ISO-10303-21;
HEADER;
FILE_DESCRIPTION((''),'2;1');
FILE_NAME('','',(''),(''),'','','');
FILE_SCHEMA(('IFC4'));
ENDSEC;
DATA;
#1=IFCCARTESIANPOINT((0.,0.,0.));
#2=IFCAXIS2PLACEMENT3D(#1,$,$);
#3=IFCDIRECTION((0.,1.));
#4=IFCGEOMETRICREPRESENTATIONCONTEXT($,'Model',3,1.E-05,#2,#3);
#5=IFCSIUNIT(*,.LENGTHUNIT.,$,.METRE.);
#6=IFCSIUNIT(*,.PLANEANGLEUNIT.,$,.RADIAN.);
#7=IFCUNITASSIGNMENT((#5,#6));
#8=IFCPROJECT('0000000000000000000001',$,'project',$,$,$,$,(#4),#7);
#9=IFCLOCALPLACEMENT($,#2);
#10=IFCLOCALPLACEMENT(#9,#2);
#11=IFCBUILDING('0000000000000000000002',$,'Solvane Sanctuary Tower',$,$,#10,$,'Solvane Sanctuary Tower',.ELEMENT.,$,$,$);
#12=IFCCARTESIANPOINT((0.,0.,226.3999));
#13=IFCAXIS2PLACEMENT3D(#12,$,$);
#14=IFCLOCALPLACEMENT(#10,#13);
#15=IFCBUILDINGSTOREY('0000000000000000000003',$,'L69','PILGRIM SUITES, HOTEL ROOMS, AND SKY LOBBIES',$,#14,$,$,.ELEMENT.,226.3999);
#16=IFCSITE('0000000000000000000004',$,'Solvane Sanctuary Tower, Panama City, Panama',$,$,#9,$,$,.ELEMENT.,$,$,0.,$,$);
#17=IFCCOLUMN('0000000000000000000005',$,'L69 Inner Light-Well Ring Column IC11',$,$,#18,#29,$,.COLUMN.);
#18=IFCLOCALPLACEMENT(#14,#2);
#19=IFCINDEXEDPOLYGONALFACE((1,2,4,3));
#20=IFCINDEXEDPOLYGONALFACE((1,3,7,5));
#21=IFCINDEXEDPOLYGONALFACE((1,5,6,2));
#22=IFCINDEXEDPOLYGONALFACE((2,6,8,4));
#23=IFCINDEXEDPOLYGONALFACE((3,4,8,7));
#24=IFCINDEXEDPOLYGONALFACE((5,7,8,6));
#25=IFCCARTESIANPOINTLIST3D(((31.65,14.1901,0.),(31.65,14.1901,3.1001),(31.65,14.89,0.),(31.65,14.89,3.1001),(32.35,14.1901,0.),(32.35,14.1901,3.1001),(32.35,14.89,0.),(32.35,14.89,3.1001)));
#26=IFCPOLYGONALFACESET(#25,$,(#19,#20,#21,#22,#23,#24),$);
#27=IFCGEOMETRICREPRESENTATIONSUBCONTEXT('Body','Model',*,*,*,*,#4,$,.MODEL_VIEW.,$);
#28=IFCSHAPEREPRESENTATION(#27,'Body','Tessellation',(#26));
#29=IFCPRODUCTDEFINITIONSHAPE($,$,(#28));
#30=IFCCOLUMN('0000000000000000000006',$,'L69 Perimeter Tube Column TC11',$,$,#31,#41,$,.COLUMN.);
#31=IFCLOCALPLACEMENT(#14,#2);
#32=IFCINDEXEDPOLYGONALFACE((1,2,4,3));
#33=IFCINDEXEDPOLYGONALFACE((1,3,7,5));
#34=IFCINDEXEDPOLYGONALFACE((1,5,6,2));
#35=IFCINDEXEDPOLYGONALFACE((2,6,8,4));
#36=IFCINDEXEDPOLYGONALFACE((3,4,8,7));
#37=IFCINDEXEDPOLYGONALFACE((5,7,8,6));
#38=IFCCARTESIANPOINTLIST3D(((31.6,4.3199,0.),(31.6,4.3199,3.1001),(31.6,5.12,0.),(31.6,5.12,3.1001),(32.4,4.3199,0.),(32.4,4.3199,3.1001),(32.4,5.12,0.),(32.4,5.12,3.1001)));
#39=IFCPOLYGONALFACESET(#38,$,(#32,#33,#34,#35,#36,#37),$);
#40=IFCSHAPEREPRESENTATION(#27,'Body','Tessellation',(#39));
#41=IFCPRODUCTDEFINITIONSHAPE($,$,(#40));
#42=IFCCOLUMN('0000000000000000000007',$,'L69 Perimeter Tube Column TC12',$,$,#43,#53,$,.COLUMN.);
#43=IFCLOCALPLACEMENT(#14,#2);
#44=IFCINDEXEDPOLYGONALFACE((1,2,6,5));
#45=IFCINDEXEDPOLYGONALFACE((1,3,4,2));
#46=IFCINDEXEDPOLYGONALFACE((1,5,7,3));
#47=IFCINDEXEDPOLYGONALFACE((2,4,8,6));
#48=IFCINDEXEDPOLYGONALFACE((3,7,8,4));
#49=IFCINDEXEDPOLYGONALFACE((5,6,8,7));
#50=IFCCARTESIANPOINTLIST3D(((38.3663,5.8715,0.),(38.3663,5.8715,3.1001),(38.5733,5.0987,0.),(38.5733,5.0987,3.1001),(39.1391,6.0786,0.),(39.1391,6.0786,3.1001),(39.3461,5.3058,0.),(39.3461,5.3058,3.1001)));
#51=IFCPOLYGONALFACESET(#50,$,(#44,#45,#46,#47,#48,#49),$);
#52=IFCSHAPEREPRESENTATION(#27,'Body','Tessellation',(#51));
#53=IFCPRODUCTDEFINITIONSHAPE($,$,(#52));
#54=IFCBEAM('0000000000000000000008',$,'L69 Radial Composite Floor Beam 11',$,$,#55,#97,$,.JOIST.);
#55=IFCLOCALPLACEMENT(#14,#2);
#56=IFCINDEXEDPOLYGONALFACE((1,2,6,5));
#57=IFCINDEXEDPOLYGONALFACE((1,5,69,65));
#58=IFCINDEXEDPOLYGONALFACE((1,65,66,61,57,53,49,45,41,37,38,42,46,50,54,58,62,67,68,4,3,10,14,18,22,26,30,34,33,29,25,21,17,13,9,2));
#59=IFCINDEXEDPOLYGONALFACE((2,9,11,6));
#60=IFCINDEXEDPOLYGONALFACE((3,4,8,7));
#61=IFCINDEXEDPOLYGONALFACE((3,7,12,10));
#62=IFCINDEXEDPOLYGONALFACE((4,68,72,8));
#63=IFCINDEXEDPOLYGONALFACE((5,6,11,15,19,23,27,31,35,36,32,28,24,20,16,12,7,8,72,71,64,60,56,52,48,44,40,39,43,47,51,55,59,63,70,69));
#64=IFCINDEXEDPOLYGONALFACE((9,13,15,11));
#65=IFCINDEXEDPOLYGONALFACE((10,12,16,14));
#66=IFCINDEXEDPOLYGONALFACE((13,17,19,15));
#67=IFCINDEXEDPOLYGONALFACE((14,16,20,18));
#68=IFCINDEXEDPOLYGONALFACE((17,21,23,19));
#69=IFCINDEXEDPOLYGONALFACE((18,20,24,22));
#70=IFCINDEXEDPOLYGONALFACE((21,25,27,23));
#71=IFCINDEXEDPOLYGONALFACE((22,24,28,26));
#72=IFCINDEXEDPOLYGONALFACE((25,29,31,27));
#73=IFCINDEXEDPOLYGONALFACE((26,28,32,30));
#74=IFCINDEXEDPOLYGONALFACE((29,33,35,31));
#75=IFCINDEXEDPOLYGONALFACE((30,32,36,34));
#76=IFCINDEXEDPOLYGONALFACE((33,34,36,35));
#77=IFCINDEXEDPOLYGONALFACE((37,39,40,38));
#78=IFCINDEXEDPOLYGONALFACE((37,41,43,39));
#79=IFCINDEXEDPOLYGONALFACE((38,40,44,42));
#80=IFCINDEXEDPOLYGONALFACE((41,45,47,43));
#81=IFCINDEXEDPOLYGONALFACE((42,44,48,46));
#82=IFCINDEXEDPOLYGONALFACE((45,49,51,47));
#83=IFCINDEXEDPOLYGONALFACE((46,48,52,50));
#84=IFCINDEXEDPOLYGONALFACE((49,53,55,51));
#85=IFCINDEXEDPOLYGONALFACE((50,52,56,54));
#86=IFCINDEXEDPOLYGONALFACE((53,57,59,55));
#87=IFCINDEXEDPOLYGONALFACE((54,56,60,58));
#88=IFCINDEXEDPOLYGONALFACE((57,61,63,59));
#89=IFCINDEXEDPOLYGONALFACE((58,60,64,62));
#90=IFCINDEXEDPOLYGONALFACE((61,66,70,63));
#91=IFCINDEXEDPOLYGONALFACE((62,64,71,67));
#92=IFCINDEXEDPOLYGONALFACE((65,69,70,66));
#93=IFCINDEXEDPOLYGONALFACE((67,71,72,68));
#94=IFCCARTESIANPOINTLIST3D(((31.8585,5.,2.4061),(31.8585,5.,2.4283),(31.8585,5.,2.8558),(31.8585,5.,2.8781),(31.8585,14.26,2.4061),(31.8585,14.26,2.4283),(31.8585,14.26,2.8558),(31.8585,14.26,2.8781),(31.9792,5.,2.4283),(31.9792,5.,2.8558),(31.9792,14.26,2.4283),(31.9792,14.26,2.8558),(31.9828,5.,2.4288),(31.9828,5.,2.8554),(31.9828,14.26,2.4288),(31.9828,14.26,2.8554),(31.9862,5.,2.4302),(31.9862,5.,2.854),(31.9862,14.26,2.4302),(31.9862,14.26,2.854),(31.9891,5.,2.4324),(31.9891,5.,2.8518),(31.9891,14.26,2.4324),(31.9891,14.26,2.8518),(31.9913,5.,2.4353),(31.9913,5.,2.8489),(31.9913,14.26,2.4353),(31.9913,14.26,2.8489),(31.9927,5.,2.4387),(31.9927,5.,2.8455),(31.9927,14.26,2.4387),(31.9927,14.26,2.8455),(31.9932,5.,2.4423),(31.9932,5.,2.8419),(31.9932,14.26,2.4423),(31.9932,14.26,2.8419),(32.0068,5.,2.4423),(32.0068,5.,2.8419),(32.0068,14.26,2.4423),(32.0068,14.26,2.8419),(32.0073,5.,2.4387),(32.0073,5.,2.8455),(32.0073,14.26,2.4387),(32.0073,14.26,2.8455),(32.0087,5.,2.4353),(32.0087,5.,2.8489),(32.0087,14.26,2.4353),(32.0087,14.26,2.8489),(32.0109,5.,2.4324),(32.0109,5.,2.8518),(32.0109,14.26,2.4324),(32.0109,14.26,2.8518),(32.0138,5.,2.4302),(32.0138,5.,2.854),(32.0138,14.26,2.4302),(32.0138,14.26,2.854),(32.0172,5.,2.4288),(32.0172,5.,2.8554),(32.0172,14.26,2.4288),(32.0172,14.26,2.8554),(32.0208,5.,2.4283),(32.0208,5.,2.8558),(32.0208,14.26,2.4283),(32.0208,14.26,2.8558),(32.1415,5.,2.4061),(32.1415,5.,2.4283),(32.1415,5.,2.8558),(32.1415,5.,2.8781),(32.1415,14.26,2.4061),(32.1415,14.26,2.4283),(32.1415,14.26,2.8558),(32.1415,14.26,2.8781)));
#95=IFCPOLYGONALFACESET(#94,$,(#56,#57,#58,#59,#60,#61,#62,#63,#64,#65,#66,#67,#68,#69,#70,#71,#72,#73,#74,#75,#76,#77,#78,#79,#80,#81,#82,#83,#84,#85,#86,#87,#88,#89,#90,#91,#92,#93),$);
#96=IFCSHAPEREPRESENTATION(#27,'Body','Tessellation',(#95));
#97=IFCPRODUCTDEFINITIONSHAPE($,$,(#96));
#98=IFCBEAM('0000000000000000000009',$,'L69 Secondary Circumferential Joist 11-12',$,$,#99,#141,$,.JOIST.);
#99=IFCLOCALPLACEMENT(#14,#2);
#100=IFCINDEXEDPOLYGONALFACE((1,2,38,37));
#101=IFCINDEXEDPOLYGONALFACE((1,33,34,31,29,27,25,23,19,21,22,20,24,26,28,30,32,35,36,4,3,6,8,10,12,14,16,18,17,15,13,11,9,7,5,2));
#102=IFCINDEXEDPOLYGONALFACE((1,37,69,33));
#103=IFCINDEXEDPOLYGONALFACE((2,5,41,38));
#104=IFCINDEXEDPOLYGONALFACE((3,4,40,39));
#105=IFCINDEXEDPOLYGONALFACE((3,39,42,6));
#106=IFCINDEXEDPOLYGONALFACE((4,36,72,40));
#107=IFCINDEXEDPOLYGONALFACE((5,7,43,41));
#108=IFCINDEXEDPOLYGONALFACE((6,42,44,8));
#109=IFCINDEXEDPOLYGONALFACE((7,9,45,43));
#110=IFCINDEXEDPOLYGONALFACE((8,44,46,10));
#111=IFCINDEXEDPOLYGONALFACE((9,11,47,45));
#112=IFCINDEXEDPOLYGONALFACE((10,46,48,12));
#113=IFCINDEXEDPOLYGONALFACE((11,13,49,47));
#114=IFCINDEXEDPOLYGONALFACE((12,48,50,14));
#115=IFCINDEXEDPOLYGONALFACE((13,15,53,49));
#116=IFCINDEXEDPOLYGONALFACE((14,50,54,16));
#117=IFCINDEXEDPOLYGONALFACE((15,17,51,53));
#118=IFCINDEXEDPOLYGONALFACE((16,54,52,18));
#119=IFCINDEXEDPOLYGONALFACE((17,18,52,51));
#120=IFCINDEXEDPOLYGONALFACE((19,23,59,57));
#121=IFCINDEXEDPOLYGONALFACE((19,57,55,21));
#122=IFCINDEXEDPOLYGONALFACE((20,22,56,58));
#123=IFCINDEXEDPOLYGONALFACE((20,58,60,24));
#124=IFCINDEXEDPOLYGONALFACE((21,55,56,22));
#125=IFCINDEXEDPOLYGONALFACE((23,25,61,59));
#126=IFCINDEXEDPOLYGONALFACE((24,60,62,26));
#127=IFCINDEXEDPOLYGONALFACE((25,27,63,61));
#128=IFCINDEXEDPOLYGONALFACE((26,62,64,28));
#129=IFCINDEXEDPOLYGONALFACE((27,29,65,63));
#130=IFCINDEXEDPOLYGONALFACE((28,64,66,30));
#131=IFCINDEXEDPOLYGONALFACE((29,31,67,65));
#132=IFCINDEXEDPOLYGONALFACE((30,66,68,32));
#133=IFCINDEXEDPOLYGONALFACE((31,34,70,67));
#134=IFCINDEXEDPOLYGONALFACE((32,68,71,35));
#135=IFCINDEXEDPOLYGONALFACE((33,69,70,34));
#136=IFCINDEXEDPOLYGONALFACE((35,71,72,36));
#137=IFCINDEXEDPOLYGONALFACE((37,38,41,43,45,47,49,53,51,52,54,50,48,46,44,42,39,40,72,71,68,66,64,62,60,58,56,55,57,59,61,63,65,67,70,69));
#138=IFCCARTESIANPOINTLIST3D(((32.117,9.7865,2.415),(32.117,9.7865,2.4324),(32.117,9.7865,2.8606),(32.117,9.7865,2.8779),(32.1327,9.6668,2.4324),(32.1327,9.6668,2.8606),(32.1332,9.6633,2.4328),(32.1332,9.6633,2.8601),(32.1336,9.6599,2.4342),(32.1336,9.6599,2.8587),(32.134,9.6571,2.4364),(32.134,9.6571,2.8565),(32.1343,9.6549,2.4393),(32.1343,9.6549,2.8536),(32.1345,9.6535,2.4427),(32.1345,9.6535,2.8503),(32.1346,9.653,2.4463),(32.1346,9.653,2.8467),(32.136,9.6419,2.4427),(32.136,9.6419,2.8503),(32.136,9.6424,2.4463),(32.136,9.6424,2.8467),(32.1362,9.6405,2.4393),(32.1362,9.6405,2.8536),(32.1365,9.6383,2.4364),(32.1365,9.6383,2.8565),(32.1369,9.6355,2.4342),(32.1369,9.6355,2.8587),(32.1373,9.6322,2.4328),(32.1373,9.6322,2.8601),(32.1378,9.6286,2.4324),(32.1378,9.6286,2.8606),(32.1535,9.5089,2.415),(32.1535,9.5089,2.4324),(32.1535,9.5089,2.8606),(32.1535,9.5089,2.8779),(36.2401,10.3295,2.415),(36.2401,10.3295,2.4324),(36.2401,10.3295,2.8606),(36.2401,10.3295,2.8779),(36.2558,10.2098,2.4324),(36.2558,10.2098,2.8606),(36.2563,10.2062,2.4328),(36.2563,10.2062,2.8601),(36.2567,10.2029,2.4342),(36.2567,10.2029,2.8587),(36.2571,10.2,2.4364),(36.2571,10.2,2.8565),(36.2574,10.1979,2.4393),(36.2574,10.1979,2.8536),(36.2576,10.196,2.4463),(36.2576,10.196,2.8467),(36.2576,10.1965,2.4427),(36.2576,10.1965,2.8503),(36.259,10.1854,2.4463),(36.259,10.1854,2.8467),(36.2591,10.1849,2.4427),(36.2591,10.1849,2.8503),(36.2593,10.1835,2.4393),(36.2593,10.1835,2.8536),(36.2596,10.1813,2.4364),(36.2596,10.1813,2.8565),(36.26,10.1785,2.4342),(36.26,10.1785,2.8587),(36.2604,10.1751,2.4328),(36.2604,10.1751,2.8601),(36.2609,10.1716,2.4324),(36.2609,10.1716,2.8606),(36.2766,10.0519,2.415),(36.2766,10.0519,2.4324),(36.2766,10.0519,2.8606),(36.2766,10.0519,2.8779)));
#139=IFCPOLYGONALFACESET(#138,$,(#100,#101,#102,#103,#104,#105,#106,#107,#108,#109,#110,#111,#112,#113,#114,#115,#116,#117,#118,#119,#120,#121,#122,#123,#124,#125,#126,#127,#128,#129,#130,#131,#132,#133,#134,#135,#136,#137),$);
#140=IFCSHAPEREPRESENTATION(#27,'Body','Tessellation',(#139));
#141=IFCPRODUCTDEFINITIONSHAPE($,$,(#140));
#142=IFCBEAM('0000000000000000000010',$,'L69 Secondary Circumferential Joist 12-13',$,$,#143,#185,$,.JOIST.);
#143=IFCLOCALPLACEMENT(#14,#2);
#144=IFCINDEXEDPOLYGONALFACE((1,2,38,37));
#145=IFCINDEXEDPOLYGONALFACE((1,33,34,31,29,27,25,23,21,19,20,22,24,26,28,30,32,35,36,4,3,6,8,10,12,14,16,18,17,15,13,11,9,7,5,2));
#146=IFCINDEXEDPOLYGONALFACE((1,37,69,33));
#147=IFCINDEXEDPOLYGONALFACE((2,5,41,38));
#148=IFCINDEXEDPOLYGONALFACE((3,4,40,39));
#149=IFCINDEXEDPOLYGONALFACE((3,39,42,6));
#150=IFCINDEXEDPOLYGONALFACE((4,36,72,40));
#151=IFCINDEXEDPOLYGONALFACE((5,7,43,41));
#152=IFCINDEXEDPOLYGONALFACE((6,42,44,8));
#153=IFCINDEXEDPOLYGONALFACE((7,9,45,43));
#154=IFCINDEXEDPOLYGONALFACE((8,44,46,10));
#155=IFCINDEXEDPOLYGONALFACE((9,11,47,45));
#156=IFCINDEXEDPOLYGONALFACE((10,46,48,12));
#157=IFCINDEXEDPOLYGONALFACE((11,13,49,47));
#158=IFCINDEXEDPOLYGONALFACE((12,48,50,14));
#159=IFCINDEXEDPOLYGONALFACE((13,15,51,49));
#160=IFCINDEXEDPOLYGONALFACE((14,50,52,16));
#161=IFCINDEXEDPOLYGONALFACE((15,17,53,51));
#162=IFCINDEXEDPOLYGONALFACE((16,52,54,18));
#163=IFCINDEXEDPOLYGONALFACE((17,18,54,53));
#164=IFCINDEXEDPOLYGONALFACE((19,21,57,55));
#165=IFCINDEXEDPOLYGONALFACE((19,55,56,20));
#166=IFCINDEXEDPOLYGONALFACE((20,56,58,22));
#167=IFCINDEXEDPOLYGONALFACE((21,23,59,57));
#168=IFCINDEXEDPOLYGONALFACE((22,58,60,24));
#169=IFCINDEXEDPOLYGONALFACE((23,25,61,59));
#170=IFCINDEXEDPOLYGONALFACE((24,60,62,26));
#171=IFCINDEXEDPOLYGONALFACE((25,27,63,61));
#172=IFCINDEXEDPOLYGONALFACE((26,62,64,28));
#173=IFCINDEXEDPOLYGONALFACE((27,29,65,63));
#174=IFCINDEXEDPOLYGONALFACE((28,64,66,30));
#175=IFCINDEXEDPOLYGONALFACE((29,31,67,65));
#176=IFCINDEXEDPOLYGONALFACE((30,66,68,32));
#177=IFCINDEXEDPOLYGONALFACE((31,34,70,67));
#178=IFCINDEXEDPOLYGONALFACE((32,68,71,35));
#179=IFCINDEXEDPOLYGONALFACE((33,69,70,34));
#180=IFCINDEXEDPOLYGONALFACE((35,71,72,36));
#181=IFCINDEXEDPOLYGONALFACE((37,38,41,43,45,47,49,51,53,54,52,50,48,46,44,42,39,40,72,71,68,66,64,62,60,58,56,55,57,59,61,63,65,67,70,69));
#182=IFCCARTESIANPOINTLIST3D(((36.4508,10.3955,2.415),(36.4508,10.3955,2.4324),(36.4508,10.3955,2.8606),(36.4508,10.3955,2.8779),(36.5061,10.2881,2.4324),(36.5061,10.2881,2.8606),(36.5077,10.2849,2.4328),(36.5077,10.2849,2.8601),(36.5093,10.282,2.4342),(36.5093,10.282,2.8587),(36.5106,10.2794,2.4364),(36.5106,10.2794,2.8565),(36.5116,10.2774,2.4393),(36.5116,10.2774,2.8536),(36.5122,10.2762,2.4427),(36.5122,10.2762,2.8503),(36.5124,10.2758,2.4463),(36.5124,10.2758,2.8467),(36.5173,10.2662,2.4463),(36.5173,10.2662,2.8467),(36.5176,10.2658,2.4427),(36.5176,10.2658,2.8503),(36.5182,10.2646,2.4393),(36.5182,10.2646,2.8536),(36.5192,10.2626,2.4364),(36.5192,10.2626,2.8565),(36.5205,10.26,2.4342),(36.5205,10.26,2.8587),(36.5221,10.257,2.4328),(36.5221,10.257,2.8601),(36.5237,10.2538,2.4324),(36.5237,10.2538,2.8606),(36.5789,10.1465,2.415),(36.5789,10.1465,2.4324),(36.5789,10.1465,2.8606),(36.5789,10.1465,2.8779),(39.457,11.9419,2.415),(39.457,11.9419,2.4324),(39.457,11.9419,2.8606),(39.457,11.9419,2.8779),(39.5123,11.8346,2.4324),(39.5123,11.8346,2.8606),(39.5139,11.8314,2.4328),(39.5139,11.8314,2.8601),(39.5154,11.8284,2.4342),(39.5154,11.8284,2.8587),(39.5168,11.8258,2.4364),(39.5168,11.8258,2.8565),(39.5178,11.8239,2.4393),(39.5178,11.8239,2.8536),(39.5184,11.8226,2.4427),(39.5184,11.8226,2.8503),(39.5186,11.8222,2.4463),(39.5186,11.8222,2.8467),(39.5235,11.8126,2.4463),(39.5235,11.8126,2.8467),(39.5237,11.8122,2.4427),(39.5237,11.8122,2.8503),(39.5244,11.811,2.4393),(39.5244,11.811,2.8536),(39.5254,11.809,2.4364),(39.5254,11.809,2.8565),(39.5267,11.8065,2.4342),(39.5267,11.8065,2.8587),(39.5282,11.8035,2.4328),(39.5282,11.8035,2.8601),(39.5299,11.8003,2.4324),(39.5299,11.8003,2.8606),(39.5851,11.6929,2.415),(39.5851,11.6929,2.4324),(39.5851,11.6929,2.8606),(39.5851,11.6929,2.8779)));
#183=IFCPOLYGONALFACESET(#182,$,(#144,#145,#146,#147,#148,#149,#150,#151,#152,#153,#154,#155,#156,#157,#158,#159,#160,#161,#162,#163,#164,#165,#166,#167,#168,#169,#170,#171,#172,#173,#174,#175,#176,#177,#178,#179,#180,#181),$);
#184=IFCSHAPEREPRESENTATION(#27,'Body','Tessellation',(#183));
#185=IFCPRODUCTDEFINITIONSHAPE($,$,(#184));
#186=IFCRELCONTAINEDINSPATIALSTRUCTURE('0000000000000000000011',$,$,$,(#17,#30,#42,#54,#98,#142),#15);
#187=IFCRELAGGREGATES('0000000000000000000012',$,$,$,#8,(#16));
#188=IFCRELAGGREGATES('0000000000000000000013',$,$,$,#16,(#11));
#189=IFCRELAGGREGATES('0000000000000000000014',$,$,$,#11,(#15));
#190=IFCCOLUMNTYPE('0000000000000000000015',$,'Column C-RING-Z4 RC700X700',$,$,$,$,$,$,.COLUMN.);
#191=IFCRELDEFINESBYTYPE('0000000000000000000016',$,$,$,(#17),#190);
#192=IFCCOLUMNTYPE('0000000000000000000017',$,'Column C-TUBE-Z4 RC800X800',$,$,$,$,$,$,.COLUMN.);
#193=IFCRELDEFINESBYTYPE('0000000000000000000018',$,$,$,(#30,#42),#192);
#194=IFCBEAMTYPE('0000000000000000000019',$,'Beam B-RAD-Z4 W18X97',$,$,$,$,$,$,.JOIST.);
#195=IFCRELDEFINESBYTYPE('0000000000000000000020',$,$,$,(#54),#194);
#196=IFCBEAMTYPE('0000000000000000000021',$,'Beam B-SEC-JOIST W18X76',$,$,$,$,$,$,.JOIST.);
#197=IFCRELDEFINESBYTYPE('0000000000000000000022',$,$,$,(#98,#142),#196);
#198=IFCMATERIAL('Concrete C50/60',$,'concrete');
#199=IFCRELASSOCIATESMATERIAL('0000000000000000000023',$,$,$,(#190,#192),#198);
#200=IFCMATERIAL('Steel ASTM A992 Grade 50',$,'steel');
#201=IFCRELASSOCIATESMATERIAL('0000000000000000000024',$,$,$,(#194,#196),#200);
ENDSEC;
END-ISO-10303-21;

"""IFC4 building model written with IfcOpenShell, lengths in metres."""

from ifc_helpers import new_model, si_unit, direction, frame, origin, origin_2d, place, context, subcontext, project, spatial, rectangle, i_section, extrude, material, material_profile, profile_set, type_object, element, save


model = new_model("IFC4")

# Units and contexts
model_context = context("Model", 3, precision=1e-05, world=origin(), true_north=direction((0.0, 1.0)))
body_context = subcontext(model_context, "Body", "Model", "MODEL_VIEW")
ifc_project = project(units=[si_unit("LENGTHUNIT", "METRE"), si_unit("PLANEANGLEUNIT", "RADIAN")], contexts=[model_context])

# Site, building, storey
site_placement = place(None, origin())
site = spatial("IfcSite", under=ifc_project, at=site_placement, Name="Solvane Sanctuary Tower, Panama City, Panama", CompositionType="ELEMENT", RefElevation=0.0)
building_placement = place(site_placement, origin())
building = spatial("IfcBuilding", under=site, at=building_placement, Name="Solvane Sanctuary Tower", LongName="Solvane Sanctuary Tower", CompositionType="ELEMENT")
storey_placement = place(building_placement, frame((0.0, 0.0, 226.3999)))
storey = spatial("IfcBuildingStorey", under=building, at=storey_placement, Name="L69", Description="PILGRIM SUITES, HOTEL ROOMS, AND SKY LOBBIES", CompositionType="ELEMENT", Elevation=226.3999)

# Columns
ifc_material_1 = material(Name="Concrete C50/60", Category="concrete")
ifc_material_profile_1 = material_profile(ifc_material_1, rectangle(XDim=0.7, YDim=0.7, at=origin_2d()), Name="RC700X700")
ifc_profile_set_1 = profile_set([ifc_material_profile_1], Name="Concrete C50/60")
column_type_1 = type_object("IfcColumnType", Name="Column C-RING-Z4 RC700X700", PredefinedType="COLUMN", material=ifc_profile_set_1)
column_placement = place(storey_placement, frame((32.0, 14.54, 0.0), z_axis=(0.0, 0.0, 1.0), x_axis=(1.0, 0.0, 0.0)))
element("IfcColumn", 1, at=column_placement, inside=storey, type_object=column_type_1, Name="L69 Inner Light-Well Ring Column IC11", PredefinedType="COLUMN", context=body_context, shape_type="SweptSolid", body=[
    extrude(rectangle(XDim=0.7, YDim=0.7, at=origin_2d()), origin(), (0.0, 0.0, 1.0), 3.1001),
])
ifc_material_profile_2 = material_profile(ifc_material_1, rectangle(XDim=0.8, YDim=0.8, at=origin_2d()), Name="RC800X800")
ifc_profile_set_2 = profile_set([ifc_material_profile_2], Name="Concrete C50/60")
column_type_2 = type_object("IfcColumnType", Name="Column C-TUBE-Z4 RC800X800", PredefinedType="COLUMN", material=ifc_profile_set_2)
for number, where, z_axis, x_axis, name in (
    (2, (32.0, 4.72, 0.0), (0.0, 0.0, 1.0), (0.0, -1.0, 0.0), "L69 Perimeter Tube Column TC11"),
    (3, (38.8562, 5.5886, 0.0), (0.0, 0.0, 1.0), (0.258819, -0.965926, 0.0), "L69 Perimeter Tube Column TC12"),
):
    element("IfcColumn", number, at=place(storey_placement, frame(where, z_axis=z_axis, x_axis=x_axis)), inside=storey, type_object=column_type_2, Name=name, PredefinedType="COLUMN", context=body_context, shape_type="SweptSolid", body=[
        extrude(rectangle(XDim=0.8, YDim=0.8, at=origin_2d()), origin(), (0.0, 0.0, 1.0), 3.1001),
    ])

# Beams
ifc_material_2 = material(Name="Steel ASTM A992 Grade 50", Category="steel")
ifc_material_profile_3 = material_profile(ifc_material_2, i_section(OverallWidth=0.283, OverallDepth=0.4719, WebThickness=0.0137, FlangeThickness=0.0222, FilletRadius=0.0139, at=origin_2d()), Name="W18X97")
ifc_profile_set_3 = profile_set([ifc_material_profile_3], Name="Steel ASTM A992 Grade 50")
beam_type_1 = type_object("IfcBeamType", Name="Beam B-RAD-Z4 W18X97", PredefinedType="JOIST", material=ifc_profile_set_3)
beam_1_placement = place(storey_placement, frame((32.0, 14.26, 2.6421), z_axis=(0.0, -1.0, 0.0), x_axis=(1.0, 0.0, 0.0)))
element("IfcBeam", 4, at=beam_1_placement, inside=storey, type_object=beam_type_1, Name="L69 Radial Composite Floor Beam 11", PredefinedType="JOIST", context=body_context, shape_type="SweptSolid", body=[
    extrude(i_section(OverallWidth=0.283, OverallDepth=0.4719, WebThickness=0.0137, FlangeThickness=0.0222, FilletRadius=0.0139, at=origin_2d()), origin(), (0.0, 0.0, 1.0), 9.26),
])
ifc_material_profile_4 = material_profile(ifc_material_2, i_section(OverallWidth=0.28, OverallDepth=0.4629, WebThickness=0.0107, FlangeThickness=0.0173, FilletRadius=0.0139, at=origin_2d()), Name="W18X76")
ifc_profile_set_4 = profile_set([ifc_material_profile_4], Name="Steel ASTM A992 Grade 50")
beam_type_2 = type_object("IfcBeamType", Name="Beam B-SEC-JOIST W18X76", PredefinedType="JOIST", material=ifc_profile_set_4)
beam_2_placement = place(storey_placement, frame((32.1353, 9.6477, 2.6465), z_axis=(0.99144, 0.130564, 0.0), x_axis=(-0.130564, 0.99144, 0.0)))
element("IfcBeam", 5, at=beam_2_placement, inside=storey, type_object=beam_type_2, Name="L69 Secondary Circumferential Joist 11-12", PredefinedType="JOIST", context=body_context, shape_type="SweptSolid", body=[
    extrude(i_section(OverallWidth=0.28, OverallDepth=0.4629, WebThickness=0.0107, FlangeThickness=0.0173, FilletRadius=0.0139, at=origin_2d()), origin(), (0.0, 0.0, 1.0), 4.1587),
])
beam_3_placement = place(storey_placement, frame((36.5149, 10.271, 2.6465), z_axis=(0.889241, 0.457439, 0.0), x_axis=(-0.457439, 0.889241, 0.0)))
element("IfcBeam", 6, at=beam_3_placement, inside=storey, type_object=beam_type_2, Name="L69 Secondary Circumferential Joist 12-13", PredefinedType="JOIST", context=body_context, shape_type="SweptSolid", body=[
    extrude(i_section(OverallWidth=0.28, OverallDepth=0.4629, WebThickness=0.0107, FlangeThickness=0.0173, FilletRadius=0.0139, at=origin_2d()), origin(), (0.0, 0.0, 1.0), 3.3806),
])

save(model, "model.ifc")
